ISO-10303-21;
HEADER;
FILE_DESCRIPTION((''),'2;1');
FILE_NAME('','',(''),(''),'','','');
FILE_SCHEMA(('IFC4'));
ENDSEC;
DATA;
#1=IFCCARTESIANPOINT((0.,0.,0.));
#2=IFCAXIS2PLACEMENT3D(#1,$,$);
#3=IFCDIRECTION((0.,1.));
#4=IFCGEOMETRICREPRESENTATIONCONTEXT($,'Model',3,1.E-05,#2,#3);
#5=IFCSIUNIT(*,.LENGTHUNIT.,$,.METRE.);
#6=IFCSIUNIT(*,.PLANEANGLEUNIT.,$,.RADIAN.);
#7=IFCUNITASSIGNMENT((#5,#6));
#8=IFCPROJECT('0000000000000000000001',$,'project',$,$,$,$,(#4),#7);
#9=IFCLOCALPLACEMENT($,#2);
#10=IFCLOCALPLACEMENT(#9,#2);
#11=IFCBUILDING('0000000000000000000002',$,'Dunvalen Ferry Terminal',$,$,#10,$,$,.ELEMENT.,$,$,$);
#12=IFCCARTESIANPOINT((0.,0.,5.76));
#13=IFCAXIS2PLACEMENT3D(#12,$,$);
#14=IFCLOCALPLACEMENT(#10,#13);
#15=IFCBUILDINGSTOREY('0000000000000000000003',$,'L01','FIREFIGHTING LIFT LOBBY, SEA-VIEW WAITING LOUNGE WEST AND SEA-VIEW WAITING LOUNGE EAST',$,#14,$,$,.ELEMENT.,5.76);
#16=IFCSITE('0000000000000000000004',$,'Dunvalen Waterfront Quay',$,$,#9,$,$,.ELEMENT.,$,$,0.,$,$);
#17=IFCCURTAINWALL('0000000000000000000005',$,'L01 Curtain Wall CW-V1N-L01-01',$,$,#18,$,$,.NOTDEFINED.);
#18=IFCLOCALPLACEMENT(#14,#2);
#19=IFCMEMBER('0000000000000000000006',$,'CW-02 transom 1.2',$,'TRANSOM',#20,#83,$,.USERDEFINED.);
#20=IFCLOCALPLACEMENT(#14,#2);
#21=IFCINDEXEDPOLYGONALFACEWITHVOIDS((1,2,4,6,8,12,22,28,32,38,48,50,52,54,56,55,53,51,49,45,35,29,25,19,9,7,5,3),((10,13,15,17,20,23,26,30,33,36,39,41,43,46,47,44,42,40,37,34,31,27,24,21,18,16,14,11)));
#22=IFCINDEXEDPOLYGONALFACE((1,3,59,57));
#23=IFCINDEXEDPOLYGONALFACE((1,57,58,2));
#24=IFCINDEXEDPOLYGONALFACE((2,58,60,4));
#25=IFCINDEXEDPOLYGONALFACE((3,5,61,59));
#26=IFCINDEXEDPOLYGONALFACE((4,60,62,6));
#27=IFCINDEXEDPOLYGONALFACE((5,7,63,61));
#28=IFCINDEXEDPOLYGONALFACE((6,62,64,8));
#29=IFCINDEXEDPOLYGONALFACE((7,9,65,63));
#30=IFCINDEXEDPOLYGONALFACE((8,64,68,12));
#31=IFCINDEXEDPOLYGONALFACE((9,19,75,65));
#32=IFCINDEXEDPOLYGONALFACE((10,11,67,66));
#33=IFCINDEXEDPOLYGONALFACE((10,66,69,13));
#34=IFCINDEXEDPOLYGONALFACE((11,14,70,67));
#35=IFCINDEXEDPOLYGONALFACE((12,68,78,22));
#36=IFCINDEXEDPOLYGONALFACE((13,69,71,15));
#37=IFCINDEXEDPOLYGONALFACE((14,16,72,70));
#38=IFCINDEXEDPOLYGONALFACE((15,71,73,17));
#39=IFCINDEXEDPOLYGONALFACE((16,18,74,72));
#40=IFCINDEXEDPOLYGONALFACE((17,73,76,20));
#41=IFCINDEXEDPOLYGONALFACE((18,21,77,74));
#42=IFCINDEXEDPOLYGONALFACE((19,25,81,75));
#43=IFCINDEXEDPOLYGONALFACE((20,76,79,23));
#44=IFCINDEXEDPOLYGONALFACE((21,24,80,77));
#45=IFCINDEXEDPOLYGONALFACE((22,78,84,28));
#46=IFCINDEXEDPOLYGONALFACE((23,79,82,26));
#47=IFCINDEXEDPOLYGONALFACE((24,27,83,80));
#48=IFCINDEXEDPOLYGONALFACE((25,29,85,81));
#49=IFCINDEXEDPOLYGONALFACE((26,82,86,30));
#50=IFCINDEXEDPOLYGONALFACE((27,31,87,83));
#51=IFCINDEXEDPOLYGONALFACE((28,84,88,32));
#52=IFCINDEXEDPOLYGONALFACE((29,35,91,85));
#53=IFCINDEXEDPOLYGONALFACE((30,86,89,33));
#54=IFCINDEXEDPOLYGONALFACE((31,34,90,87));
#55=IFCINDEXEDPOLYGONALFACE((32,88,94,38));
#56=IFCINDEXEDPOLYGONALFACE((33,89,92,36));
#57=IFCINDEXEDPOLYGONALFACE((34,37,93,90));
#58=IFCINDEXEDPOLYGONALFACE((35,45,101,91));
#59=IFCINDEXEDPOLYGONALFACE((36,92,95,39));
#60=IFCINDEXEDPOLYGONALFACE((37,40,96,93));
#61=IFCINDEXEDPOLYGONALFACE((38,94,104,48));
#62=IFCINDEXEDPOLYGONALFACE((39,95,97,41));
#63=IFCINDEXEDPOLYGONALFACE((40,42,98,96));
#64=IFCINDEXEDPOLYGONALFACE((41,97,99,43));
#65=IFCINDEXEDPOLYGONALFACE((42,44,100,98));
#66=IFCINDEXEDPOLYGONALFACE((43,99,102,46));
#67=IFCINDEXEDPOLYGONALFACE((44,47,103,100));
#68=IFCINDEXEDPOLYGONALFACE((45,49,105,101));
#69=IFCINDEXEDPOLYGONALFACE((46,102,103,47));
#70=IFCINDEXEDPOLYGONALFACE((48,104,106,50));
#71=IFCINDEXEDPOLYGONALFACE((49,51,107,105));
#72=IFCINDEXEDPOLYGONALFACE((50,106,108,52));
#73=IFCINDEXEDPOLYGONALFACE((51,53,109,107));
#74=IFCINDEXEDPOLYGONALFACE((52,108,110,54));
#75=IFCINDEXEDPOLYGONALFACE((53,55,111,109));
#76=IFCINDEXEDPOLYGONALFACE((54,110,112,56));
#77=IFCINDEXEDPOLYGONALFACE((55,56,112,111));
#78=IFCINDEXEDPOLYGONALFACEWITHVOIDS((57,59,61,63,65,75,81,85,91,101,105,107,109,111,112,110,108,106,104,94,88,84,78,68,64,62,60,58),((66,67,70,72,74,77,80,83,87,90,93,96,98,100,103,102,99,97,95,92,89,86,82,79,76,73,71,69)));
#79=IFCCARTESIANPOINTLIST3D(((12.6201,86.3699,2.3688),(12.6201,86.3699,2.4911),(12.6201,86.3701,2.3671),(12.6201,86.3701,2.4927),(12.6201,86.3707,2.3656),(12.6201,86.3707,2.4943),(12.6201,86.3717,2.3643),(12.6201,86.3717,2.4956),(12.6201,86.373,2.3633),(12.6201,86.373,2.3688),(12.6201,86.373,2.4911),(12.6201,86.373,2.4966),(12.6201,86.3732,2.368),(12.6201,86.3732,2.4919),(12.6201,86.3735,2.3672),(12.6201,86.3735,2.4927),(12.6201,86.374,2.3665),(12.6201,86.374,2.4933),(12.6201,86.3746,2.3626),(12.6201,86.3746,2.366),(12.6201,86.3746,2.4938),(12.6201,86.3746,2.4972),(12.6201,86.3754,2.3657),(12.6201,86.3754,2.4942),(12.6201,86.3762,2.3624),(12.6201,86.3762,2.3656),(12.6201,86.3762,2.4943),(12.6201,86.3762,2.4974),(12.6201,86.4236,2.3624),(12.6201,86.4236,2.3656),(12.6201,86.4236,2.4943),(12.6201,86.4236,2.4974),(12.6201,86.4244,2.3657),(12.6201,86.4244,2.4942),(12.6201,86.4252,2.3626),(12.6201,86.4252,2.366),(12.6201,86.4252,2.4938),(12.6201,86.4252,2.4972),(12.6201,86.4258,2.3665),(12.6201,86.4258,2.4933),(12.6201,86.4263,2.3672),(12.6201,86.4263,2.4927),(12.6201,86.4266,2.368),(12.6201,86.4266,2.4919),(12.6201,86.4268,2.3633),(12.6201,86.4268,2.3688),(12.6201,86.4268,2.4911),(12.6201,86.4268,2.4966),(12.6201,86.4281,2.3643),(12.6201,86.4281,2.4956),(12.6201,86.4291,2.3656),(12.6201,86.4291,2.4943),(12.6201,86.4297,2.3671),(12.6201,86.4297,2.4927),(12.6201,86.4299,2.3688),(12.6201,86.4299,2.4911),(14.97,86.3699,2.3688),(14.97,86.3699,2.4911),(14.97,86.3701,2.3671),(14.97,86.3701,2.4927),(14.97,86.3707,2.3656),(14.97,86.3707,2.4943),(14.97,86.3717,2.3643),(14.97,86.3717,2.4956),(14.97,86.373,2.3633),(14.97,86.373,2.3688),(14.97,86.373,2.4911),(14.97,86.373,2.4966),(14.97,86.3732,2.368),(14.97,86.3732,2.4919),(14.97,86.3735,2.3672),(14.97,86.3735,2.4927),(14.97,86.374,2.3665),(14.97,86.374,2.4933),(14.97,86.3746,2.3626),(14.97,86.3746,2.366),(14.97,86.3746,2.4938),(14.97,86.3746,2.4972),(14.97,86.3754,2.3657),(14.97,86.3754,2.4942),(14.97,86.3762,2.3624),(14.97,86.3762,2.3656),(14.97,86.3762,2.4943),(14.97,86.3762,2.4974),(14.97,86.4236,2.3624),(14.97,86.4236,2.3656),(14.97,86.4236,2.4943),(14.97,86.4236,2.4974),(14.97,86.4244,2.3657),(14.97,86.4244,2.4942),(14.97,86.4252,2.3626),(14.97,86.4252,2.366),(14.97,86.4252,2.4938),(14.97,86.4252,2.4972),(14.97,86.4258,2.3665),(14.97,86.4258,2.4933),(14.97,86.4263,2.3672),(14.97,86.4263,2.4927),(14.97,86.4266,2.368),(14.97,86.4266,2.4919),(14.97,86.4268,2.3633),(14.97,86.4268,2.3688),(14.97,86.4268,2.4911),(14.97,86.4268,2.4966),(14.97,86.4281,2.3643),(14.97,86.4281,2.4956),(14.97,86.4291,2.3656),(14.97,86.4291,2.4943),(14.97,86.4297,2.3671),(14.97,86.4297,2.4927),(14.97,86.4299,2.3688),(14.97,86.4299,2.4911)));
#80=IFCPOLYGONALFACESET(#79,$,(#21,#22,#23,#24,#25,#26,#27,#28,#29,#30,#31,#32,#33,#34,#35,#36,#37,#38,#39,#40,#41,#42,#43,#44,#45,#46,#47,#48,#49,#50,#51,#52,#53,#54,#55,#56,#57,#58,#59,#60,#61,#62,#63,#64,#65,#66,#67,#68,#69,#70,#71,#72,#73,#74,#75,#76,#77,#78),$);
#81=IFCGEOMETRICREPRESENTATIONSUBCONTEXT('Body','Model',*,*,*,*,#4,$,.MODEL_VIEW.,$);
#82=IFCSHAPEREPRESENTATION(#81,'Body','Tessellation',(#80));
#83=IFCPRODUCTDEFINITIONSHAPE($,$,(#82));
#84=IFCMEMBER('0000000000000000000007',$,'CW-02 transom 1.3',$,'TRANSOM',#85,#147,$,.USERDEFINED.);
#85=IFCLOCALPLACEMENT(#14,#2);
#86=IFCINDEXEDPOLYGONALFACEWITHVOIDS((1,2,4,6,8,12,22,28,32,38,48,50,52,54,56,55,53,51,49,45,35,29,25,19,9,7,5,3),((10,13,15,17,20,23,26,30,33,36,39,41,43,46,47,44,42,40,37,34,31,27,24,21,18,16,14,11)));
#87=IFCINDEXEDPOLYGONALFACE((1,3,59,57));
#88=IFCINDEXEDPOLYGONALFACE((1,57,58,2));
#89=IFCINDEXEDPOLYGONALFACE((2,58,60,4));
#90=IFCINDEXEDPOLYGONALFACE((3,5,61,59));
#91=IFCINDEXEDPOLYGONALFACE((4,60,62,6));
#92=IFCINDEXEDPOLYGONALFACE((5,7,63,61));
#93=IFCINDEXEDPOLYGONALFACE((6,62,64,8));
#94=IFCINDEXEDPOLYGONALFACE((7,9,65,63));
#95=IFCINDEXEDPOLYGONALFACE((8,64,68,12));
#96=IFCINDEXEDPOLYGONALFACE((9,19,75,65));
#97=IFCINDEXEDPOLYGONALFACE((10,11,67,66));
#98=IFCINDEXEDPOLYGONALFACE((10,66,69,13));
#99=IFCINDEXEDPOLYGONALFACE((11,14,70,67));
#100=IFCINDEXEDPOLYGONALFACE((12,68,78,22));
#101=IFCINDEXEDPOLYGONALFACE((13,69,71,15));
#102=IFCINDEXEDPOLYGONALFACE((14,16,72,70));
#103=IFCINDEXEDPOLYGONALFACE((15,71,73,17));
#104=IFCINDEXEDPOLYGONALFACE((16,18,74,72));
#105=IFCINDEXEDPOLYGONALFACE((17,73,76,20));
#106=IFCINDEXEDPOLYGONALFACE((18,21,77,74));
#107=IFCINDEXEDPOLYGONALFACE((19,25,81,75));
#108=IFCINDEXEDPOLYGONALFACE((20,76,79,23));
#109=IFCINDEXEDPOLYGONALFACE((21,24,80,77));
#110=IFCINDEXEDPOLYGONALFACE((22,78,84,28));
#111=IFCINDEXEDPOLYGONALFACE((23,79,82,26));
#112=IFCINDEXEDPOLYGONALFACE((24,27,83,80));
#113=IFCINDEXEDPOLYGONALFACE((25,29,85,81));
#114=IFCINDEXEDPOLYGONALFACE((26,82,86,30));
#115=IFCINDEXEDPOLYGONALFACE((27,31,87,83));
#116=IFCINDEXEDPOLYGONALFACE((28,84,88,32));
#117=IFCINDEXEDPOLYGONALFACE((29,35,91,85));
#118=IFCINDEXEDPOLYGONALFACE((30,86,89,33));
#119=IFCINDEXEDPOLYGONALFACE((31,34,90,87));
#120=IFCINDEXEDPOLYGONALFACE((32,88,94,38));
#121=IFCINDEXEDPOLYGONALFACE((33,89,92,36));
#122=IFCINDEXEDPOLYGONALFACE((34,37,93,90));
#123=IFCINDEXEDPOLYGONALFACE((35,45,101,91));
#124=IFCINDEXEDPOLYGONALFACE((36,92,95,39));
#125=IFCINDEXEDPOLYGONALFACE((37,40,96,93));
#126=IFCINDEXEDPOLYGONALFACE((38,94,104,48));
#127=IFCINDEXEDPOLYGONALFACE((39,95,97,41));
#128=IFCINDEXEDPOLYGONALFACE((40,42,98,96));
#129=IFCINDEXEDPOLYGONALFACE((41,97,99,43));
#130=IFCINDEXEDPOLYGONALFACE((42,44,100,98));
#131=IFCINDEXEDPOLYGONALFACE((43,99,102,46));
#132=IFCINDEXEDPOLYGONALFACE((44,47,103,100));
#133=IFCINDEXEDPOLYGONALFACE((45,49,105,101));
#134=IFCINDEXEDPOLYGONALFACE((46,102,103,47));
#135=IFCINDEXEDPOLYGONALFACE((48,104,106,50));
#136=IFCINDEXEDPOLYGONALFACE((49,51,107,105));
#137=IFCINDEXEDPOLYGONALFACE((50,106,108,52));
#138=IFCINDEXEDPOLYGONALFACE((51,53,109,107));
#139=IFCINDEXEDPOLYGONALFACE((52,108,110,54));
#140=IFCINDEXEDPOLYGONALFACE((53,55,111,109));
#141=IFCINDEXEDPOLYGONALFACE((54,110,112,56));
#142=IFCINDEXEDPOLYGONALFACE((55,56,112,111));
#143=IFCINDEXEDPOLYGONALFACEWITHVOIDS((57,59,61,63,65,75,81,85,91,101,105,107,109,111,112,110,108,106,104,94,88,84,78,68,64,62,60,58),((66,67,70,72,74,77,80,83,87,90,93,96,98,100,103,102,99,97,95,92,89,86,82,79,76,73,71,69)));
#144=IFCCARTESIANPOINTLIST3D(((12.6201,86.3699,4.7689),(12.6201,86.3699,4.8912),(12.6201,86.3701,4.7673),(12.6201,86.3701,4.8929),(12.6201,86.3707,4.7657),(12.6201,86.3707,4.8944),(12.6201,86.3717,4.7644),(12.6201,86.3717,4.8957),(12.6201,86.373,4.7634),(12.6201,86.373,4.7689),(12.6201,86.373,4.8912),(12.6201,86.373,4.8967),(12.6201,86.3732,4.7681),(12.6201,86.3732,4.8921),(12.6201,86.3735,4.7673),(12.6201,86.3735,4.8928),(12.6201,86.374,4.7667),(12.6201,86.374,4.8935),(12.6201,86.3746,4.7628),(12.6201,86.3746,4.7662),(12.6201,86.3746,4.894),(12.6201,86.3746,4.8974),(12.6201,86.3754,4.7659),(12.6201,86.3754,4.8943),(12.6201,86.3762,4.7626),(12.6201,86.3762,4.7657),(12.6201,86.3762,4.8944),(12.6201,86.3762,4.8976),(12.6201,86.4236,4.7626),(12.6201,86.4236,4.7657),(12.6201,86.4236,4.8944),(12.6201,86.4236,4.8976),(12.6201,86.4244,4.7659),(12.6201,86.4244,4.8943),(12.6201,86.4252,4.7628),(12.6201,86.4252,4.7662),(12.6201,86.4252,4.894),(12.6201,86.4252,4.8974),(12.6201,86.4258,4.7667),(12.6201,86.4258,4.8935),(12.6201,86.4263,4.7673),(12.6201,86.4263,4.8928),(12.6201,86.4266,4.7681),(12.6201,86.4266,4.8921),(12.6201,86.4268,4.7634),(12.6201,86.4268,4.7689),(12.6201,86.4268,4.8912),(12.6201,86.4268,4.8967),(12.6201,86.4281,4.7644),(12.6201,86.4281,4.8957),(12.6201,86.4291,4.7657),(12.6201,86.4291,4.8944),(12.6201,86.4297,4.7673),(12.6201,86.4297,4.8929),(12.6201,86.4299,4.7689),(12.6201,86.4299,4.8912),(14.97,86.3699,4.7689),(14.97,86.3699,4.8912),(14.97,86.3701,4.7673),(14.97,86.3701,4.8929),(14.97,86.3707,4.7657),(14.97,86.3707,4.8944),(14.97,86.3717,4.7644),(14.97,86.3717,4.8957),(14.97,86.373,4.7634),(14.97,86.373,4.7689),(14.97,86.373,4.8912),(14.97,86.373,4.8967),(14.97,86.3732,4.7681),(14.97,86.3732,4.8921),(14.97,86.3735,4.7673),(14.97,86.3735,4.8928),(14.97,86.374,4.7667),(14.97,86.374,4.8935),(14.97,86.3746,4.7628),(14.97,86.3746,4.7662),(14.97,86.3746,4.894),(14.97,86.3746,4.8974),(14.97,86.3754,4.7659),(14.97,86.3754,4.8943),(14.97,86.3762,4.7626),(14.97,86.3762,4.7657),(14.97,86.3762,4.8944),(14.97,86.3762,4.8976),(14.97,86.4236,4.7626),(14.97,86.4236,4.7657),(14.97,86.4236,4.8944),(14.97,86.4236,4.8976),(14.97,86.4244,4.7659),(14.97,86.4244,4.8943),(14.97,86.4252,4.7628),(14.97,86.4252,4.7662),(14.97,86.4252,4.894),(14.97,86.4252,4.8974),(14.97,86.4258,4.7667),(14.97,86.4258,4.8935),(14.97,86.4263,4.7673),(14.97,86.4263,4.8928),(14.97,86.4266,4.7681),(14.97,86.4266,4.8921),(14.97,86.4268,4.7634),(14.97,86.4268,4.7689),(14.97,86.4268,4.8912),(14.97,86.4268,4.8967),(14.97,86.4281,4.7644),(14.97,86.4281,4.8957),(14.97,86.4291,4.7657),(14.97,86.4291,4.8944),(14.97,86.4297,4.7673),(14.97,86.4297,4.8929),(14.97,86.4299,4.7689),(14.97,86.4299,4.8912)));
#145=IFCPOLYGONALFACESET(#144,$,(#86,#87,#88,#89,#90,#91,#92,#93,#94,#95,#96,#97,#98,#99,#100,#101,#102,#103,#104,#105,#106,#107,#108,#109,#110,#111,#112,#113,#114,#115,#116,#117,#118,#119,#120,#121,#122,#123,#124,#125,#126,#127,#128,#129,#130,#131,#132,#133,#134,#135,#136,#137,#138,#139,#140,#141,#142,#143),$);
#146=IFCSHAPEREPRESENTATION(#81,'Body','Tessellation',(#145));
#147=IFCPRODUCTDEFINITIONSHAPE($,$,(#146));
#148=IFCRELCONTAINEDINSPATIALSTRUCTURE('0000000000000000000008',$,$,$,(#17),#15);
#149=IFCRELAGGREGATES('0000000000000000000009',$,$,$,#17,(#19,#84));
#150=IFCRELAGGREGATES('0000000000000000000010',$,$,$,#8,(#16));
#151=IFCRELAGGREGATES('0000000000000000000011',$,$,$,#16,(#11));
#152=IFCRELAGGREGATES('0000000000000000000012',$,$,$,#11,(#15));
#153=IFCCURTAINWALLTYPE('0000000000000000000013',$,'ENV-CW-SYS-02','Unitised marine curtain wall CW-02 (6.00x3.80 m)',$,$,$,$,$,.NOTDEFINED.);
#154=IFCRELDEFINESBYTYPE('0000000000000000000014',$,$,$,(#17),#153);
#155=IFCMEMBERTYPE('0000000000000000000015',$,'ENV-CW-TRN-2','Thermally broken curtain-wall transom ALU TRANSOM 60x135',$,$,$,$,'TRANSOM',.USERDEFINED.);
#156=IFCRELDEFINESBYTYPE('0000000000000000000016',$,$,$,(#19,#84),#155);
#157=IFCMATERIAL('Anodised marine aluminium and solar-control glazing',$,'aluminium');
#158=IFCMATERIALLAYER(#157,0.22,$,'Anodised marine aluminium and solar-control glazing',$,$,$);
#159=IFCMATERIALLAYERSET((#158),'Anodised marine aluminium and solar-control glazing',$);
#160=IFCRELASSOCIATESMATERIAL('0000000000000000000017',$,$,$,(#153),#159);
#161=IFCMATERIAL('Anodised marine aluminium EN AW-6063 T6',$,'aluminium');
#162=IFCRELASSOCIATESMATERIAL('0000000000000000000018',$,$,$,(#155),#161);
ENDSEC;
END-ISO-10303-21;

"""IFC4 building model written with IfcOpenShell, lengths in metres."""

from ifc_helpers import new_model, si_unit, direction, frame, origin, origin_2d, place, context, subcontext, project, spatial, hollow_rectangle, extrude, material, layer, layer_set, material_profile, profile_set, type_object, element, aggregate, save


model = new_model("IFC4")

# Units and contexts
model_context = context("Model", 3, precision=1e-05, world=origin(), true_north=direction((0.0, 1.0)))
body_context = subcontext(model_context, "Body", "Model", "MODEL_VIEW")
ifc_project = project(units=[si_unit("LENGTHUNIT", "METRE"), si_unit("PLANEANGLEUNIT", "RADIAN")], contexts=[model_context])

# Site, building, storey
site_placement = place(None, origin())
site = spatial("IfcSite", under=ifc_project, at=site_placement, Name="Dunvalen Waterfront Quay", CompositionType="ELEMENT", RefElevation=0.0)
building_placement = place(site_placement, origin())
building = spatial("IfcBuilding", under=site, at=building_placement, Name="Dunvalen Ferry Terminal", CompositionType="ELEMENT")
storey_placement = place(building_placement, frame((0.0, 0.0, 5.76)))
storey = spatial("IfcBuildingStorey", under=building, at=storey_placement, Name="L01", Description="FIREFIGHTING LIFT LOBBY, SEA-VIEW WAITING LOUNGE WEST AND SEA-VIEW WAITING LOUNGE EAST", CompositionType="ELEMENT", Elevation=5.76)

# Curtain wall, members
ifc_material_1 = material(Name="Anodised marine aluminium and solar-control glazing", Category="aluminium")
ifc_layer_1 = layer(ifc_material_1, 0.22, Name="Anodised marine aluminium and solar-control glazing")
ifc_layer_set_1 = layer_set([ifc_layer_1], Name="Anodised marine aluminium and solar-control glazing")
curtain_wall_type = type_object("IfcCurtainWallType", Name="ENV-CW-SYS-02", Description="Unitised marine curtain wall CW-02 (6.00x3.80 m)", PredefinedType="NOTDEFINED", material=ifc_layer_set_1)
curtain_wall_placement = place(storey_placement, origin())
curtain_wall = element("IfcCurtainWall", 1, at=curtain_wall_placement, inside=storey, type_object=curtain_wall_type, Name="L01 Curtain Wall CW-V1N-L01-01", PredefinedType="NOTDEFINED")
ifc_material_2 = material(Name="Anodised marine aluminium EN AW-6063 T6", Category="aluminium")
ifc_material_profile_1 = material_profile(ifc_material_2, hollow_rectangle(XDim=0.0601, YDim=0.135, WallThickness=0.0032, InnerFilletRadius=0.0032, OuterFilletRadius=0.0063, at=origin_2d()), Name="Anodised marine aluminium EN AW-6063 T6")
ifc_profile_set_1 = profile_set([ifc_material_profile_1], Name="Anodised marine aluminium EN AW-6063 T6")
member_type_1 = type_object("IfcMemberType", Name="ENV-CW-TRN-2", Description="Thermally broken curtain-wall transom ALU TRANSOM 60x135", ElementType="TRANSOM", PredefinedType="USERDEFINED", material=ifc_profile_set_1)
member_1_placement = place(storey_placement, frame((12.6201, 86.3999, 2.4299), z_axis=(1.0, 0.0, 0.0), x_axis=(0.0, 1.0, 0.0)))
member_1 = element("IfcMember", 2, at=member_1_placement, type_object=member_type_1, Name="CW-02 transom 1.2", ObjectType="TRANSOM", PredefinedType="USERDEFINED", context=body_context, shape_type="SweptSolid", body=[
    extrude(hollow_rectangle(XDim=0.0601, YDim=0.135, WallThickness=0.0032, InnerFilletRadius=0.0032, OuterFilletRadius=0.0063, at=origin_2d()), origin(), (0.0, 0.0, 1.0), 2.3499),
])
member_2_placement = place(storey_placement, frame((12.6201, 86.3999, 4.8301), z_axis=(1.0, 0.0, 0.0), x_axis=(0.0, 1.0, 0.0)))
member_2 = element("IfcMember", 3, at=member_2_placement, type_object=member_type_1, Name="CW-02 transom 1.3", ObjectType="TRANSOM", PredefinedType="USERDEFINED", context=body_context, shape_type="SweptSolid", body=[
    extrude(hollow_rectangle(XDim=0.0601, YDim=0.135, WallThickness=0.0032, InnerFilletRadius=0.0032, OuterFilletRadius=0.0063, at=origin_2d()), origin(), (0.0, 0.0, 1.0), 2.3499),
])

aggregate(curtain_wall, [member_1, member_2])

save(model, "model.ifc")
